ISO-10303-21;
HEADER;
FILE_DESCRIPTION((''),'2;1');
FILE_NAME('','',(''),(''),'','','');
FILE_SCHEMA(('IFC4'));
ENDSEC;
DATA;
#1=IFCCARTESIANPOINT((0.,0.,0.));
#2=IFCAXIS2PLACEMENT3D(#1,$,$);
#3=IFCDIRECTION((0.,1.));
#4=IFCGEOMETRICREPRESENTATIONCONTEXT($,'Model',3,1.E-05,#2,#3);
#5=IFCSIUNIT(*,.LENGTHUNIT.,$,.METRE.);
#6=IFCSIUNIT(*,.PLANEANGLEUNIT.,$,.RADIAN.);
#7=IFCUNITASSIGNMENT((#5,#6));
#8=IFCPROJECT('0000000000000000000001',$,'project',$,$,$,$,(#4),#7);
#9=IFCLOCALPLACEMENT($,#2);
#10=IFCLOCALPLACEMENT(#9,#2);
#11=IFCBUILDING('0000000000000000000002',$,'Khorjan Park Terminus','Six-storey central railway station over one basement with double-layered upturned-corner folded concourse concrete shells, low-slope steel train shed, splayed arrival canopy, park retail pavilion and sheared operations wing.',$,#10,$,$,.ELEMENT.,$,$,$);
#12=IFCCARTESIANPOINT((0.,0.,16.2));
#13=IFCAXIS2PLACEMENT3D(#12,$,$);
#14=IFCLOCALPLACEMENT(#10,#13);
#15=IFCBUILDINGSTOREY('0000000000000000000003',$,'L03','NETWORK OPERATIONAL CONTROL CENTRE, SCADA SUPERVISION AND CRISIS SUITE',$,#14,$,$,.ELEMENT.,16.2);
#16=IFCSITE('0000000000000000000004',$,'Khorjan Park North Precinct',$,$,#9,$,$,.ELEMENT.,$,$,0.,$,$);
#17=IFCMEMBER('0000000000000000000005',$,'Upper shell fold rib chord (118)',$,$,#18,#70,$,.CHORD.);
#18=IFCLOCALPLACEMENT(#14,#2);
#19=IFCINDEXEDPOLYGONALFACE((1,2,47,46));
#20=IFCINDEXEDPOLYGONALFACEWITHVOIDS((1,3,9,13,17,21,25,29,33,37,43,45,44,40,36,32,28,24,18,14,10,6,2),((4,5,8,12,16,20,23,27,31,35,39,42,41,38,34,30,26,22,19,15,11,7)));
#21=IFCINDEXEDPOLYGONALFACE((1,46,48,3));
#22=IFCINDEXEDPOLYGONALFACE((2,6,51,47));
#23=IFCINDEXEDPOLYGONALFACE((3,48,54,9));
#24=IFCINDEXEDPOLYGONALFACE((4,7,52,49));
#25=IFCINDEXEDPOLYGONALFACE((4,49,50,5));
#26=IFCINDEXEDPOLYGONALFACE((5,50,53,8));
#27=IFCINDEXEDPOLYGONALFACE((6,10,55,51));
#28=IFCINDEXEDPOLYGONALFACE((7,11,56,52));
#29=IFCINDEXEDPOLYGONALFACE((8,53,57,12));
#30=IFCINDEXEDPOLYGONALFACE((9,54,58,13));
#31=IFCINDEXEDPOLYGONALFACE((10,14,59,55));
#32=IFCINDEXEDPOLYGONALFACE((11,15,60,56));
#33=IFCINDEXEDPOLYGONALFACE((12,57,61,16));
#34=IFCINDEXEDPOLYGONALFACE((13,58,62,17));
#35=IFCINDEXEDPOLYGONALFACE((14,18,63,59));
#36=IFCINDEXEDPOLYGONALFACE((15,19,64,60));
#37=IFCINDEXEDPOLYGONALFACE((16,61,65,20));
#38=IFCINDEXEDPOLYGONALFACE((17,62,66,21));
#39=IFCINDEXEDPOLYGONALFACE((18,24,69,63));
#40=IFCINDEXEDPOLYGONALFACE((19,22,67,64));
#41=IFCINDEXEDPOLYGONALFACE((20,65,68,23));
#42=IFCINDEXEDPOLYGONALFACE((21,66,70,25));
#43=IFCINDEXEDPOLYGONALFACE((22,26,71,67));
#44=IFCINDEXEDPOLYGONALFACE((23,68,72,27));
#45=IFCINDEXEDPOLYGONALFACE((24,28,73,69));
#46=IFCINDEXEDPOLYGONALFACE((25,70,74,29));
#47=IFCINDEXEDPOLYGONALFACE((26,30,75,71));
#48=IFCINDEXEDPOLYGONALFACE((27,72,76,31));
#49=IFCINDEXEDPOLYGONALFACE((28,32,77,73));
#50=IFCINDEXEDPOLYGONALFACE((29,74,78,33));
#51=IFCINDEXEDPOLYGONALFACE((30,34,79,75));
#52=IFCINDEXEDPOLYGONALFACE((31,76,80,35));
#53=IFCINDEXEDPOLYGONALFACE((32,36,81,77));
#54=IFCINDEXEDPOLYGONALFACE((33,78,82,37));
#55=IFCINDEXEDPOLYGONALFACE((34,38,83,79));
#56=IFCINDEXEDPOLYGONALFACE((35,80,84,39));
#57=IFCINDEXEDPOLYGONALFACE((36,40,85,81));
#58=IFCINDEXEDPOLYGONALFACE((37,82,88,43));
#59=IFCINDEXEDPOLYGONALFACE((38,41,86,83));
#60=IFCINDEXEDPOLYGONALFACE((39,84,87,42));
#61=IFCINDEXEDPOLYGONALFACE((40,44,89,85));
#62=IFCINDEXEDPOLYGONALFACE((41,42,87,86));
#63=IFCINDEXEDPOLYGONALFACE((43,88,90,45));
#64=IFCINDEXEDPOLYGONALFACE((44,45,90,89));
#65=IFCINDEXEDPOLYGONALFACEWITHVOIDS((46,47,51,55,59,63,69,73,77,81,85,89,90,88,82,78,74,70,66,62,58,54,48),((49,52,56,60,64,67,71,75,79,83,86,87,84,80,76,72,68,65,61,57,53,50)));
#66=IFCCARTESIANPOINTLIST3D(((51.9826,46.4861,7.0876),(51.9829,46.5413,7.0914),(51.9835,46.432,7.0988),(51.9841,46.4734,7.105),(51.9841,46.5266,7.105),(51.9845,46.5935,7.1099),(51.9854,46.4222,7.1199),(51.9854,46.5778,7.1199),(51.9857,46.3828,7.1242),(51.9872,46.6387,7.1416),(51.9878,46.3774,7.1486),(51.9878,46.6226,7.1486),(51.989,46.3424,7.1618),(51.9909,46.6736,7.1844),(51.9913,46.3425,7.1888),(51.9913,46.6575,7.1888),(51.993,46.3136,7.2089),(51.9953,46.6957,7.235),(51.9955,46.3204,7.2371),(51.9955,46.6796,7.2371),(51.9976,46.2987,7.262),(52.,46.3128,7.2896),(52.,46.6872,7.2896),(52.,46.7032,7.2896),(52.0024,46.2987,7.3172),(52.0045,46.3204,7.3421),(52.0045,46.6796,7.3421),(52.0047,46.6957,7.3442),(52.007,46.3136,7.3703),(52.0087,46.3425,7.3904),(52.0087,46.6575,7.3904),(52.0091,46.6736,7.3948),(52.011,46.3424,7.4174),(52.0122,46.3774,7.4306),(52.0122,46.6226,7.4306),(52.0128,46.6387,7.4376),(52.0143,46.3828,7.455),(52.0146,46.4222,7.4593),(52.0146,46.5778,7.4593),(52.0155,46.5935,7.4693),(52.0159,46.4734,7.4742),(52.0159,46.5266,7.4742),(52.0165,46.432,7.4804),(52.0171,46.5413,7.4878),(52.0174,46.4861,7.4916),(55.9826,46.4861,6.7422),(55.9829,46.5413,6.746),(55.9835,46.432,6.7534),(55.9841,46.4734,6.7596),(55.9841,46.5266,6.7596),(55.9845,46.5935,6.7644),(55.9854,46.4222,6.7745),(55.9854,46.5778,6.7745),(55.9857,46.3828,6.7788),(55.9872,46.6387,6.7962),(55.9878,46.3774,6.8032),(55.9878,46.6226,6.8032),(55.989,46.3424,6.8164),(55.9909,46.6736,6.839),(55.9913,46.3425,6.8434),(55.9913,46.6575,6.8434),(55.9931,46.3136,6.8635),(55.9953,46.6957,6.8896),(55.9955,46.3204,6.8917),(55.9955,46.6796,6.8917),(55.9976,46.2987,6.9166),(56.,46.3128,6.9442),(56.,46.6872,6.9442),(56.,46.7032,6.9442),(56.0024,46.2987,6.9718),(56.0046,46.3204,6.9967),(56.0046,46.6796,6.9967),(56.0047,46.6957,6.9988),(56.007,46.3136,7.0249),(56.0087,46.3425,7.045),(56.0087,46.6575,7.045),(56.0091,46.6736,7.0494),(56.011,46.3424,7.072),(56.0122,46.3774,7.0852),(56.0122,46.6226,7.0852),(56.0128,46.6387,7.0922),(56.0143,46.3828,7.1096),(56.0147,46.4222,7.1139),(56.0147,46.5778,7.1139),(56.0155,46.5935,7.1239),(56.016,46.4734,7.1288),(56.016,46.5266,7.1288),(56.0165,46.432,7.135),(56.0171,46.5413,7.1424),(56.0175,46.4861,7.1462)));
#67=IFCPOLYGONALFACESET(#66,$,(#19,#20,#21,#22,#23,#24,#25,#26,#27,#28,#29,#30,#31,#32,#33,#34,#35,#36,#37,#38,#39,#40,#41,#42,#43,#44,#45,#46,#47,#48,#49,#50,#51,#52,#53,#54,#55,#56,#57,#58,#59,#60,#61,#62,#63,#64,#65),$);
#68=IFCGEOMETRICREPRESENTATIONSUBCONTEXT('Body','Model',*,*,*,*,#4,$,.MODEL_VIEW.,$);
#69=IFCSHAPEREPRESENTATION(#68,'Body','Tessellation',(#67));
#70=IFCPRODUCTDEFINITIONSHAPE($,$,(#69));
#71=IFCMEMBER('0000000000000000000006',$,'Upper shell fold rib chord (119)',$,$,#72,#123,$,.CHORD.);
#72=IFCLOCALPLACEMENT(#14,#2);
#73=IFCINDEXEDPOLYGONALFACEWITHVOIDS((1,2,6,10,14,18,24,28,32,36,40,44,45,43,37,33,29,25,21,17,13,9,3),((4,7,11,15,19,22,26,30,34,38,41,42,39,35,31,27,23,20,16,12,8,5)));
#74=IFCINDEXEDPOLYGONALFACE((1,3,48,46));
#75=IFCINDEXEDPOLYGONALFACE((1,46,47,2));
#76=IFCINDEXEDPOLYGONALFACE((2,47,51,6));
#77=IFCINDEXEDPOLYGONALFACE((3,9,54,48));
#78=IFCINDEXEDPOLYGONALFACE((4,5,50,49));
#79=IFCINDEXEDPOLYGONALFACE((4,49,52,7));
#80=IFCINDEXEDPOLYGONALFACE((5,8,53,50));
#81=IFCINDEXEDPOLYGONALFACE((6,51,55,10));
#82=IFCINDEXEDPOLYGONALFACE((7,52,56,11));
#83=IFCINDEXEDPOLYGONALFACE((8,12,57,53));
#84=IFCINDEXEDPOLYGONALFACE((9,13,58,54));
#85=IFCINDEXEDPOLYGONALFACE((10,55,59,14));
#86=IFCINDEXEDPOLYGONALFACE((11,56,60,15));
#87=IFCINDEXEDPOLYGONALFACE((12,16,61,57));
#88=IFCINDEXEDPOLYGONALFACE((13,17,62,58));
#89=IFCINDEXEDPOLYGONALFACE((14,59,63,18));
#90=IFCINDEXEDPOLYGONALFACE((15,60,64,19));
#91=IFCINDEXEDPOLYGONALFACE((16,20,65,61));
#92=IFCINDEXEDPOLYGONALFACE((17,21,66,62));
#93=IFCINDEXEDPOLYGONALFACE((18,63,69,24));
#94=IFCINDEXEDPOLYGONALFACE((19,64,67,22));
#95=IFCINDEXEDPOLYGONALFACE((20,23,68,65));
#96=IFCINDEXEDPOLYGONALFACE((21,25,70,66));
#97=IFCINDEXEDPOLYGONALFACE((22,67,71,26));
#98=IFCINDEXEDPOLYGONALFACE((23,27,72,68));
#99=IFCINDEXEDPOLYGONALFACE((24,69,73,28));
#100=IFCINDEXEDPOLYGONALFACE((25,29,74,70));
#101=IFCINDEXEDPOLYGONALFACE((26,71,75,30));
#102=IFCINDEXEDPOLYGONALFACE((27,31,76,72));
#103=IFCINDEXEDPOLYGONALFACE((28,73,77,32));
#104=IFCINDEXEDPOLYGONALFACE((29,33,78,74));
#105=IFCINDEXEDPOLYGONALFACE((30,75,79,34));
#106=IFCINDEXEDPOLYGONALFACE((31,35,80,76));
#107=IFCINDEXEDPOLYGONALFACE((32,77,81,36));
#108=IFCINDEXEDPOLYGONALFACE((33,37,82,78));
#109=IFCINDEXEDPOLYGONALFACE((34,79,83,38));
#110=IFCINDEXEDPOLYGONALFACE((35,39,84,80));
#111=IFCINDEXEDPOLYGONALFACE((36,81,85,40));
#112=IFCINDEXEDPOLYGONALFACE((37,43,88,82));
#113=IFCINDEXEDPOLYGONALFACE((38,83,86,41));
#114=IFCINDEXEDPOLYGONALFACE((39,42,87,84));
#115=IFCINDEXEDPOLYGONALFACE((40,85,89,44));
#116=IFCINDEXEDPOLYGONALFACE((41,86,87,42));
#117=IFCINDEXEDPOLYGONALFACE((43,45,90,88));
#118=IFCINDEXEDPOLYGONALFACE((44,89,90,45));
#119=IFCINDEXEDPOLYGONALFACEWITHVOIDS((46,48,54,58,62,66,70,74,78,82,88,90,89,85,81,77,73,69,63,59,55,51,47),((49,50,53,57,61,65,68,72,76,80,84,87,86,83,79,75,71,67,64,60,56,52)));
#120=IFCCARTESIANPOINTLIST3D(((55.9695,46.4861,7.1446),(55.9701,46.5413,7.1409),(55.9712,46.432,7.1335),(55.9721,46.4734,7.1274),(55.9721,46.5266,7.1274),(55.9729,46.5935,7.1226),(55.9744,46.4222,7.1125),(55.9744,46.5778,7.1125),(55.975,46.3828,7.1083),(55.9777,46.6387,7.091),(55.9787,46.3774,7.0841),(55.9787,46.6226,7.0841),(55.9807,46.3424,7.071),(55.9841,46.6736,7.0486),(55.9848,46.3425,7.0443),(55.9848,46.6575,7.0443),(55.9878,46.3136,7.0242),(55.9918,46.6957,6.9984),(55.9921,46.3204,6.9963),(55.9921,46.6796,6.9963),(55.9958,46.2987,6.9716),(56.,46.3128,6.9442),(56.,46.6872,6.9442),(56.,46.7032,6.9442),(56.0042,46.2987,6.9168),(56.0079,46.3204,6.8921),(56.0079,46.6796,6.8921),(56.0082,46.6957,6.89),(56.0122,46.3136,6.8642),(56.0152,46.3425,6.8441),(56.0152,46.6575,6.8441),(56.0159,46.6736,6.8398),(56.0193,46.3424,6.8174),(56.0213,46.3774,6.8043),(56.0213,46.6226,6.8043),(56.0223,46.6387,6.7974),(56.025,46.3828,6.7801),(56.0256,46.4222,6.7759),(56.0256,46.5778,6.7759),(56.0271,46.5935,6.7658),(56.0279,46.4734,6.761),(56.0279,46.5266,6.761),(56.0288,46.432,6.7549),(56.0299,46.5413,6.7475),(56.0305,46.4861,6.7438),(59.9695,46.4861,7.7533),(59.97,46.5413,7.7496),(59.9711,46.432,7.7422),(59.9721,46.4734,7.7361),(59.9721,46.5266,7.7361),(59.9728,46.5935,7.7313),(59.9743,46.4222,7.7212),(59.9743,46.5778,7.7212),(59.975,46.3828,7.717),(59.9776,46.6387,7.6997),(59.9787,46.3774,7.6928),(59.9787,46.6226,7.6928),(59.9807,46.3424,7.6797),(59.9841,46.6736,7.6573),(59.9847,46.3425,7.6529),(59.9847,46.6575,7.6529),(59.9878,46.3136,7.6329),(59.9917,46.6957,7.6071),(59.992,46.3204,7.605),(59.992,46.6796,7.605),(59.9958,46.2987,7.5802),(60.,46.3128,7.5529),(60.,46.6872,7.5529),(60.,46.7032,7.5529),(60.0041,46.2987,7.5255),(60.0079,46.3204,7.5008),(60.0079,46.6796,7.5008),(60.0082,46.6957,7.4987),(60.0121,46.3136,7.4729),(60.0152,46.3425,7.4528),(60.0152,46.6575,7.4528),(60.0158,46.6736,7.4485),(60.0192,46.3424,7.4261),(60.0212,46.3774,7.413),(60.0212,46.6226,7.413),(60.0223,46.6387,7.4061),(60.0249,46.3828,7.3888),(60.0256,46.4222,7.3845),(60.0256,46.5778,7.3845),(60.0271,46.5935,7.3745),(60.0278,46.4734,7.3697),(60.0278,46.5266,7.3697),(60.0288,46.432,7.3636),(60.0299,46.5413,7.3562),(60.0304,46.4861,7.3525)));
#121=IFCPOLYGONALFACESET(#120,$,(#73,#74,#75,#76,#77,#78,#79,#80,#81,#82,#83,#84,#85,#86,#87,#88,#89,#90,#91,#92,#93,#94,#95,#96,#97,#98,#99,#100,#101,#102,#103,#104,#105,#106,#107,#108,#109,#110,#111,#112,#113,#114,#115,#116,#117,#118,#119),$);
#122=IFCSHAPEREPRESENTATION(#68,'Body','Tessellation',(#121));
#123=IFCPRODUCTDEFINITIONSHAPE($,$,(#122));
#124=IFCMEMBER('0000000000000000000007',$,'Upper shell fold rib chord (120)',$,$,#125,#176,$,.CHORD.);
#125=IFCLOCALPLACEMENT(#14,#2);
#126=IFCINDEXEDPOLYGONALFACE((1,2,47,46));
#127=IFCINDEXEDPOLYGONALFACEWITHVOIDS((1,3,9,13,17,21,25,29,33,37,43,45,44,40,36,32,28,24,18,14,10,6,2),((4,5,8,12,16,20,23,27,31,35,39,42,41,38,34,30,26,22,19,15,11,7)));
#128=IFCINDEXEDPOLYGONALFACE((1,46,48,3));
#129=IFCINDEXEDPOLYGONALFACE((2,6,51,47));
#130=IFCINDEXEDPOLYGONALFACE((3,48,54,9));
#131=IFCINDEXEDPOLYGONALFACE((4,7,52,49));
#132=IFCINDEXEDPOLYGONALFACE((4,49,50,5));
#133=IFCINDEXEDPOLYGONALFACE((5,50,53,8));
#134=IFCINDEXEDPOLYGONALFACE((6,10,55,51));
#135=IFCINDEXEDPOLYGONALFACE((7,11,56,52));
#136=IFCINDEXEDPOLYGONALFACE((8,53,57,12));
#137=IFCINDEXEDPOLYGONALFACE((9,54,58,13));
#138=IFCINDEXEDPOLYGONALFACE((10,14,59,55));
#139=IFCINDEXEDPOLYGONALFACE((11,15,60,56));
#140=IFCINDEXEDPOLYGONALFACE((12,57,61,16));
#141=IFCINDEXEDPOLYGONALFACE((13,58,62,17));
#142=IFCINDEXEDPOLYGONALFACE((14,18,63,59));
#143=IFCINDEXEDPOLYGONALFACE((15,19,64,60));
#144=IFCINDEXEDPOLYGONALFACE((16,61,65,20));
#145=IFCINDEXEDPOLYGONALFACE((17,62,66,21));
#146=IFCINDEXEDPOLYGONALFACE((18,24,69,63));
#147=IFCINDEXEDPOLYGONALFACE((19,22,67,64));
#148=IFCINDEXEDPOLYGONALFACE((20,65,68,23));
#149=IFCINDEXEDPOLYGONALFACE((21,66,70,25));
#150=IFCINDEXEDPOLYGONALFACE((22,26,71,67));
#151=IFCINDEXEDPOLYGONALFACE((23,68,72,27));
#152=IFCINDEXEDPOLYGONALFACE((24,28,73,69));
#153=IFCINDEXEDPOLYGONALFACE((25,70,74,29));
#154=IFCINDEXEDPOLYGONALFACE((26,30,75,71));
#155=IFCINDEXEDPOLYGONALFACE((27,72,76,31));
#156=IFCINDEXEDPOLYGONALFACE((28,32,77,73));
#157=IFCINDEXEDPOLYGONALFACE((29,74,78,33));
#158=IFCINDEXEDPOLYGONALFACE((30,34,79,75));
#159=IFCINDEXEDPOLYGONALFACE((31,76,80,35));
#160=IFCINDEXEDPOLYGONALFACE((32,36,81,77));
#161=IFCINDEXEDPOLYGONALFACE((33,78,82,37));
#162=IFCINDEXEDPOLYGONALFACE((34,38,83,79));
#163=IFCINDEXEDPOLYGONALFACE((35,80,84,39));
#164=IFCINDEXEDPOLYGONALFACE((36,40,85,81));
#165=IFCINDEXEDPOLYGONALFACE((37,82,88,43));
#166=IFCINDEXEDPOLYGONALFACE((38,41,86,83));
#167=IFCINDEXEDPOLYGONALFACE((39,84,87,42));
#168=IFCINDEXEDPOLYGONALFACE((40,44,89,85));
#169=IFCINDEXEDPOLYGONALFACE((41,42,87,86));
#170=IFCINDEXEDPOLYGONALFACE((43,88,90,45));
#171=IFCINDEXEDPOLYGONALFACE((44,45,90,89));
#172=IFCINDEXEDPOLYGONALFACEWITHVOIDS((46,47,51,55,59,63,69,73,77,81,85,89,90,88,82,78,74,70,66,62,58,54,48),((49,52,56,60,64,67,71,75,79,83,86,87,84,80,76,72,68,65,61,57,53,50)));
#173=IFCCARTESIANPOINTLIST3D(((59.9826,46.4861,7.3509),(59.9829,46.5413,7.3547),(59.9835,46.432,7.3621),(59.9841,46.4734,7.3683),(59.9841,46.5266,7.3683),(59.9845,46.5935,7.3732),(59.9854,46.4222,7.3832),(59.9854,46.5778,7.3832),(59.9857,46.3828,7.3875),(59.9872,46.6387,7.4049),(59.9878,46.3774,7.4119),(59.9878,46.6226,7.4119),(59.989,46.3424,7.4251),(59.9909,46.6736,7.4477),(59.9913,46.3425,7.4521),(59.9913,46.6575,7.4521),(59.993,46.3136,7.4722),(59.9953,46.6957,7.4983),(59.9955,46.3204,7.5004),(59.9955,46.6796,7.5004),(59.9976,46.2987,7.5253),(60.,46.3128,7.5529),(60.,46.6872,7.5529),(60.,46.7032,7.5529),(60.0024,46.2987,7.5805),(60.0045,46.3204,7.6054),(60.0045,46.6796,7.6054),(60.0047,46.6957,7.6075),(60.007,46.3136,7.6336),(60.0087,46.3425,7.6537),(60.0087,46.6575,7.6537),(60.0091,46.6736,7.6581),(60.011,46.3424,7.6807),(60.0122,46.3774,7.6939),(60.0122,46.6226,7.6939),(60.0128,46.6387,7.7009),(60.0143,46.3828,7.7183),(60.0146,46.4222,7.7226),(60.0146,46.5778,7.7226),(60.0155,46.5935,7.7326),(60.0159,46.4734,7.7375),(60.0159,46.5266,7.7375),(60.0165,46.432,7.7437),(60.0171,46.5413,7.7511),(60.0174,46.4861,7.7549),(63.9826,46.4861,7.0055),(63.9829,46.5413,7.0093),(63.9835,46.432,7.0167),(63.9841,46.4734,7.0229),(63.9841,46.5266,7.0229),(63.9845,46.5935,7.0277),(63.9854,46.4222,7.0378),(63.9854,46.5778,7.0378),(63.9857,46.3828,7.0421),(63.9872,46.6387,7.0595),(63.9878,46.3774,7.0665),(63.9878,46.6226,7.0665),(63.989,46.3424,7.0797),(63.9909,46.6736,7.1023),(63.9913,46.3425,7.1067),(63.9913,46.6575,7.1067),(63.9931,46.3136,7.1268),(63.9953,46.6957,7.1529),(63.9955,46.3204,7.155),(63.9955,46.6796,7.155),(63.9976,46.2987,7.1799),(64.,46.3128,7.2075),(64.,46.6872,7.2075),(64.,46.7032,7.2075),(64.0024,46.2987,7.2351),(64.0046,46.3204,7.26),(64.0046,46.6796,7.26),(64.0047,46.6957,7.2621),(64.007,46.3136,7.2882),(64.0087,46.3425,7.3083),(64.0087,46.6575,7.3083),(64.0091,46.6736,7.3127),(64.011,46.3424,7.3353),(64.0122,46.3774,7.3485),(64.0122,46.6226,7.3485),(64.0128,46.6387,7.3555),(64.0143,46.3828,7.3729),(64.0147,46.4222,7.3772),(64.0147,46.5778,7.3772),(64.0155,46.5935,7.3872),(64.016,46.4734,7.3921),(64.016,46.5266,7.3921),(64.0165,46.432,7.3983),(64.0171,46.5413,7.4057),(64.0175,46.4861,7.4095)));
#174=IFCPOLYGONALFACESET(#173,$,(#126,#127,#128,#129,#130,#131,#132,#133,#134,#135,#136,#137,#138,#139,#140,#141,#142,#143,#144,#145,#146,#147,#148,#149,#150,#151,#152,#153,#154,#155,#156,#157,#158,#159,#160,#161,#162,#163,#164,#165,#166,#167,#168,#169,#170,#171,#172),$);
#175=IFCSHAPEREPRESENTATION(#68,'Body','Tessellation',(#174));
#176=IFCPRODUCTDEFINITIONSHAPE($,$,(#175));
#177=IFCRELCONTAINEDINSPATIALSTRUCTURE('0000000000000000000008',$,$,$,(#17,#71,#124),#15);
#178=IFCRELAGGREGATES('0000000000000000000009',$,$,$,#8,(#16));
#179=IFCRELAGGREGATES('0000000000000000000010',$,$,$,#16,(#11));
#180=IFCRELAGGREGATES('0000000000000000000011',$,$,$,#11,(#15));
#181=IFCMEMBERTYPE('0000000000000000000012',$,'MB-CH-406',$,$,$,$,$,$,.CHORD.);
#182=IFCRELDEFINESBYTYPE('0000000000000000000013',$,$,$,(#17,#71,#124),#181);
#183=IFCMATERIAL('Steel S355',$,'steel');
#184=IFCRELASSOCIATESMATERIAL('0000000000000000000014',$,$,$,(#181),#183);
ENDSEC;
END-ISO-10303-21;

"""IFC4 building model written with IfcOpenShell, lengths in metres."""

from ifc_helpers import new_model, si_unit, direction, frame, origin, origin_2d, place, context, subcontext, project, spatial, hollow_circle, extrude, material, material_profile, profile_set, type_object, element, save


model = new_model("IFC4")

# Units and contexts
model_context = context("Model", 3, precision=1e-05, world=origin(), true_north=direction((0.0, 1.0)))
body_context = subcontext(model_context, "Body", "Model", "MODEL_VIEW")
ifc_project = project(units=[si_unit("LENGTHUNIT", "METRE"), si_unit("PLANEANGLEUNIT", "RADIAN")], contexts=[model_context])

# Site, building, storey
site_placement = place(None, origin())
site = spatial("IfcSite", under=ifc_project, at=site_placement, Name="Khorjan Park North Precinct", CompositionType="ELEMENT", RefElevation=0.0)
building_placement = place(site_placement, origin())
building = spatial("IfcBuilding", under=site, at=building_placement, Name="Khorjan Park Terminus", Description="Six-storey central railway station over one basement with double-layered upturned-corner folded concourse concrete shells, low-slope steel train shed, splayed arrival canopy, park retail pavilion and sheared operations wing.", CompositionType="ELEMENT")
storey_placement = place(building_placement, frame((0.0, 0.0, 16.2)))
storey = spatial("IfcBuildingStorey", under=building, at=storey_placement, Name="L03", Description="NETWORK OPERATIONAL CONTROL CENTRE, SCADA SUPERVISION AND CRISIS SUITE", CompositionType="ELEMENT", Elevation=16.2)

# Members
ifc_material_1 = material(Name="Steel S355", Category="steel")
ifc_material_profile_1 = material_profile(ifc_material_1, hollow_circle(Radius=0.2032, WallThickness=0.016, at=origin_2d()), Name="CHS 406.4x16")
ifc_profile_set_1 = profile_set([ifc_material_profile_1], Name="Steel S355")
member_type_1 = type_object("IfcMemberType", Name="MB-CH-406", PredefinedType="CHORD", material=ifc_profile_set_1)
member_1_placement = place(storey_placement, frame((52.0, 46.5, 7.2896), z_axis=(0.996293, 0.0, -0.08603), x_axis=(0.0, 1.0, 0.0)))
element("IfcMember", 1, at=member_1_placement, inside=storey, type_object=member_type_1, Name="Upper shell fold rib chord (118)", PredefinedType="CHORD", context=body_context, shape_type="SweptSolid", body=[
    extrude(hollow_circle(Radius=0.2032, WallThickness=0.016, at=origin_2d()), origin(), (0.0, 0.0, 1.0), 4.0149),
])
member_2_placement = place(storey_placement, frame((56.0, 46.5, 6.9442), z_axis=(0.988619, 0.0, 0.150443), x_axis=(0.0, 1.0, 0.0)))
element("IfcMember", 2, at=member_2_placement, inside=storey, type_object=member_type_1, Name="Upper shell fold rib chord (119)", PredefinedType="CHORD", context=body_context, shape_type="SweptSolid", body=[
    extrude(hollow_circle(Radius=0.2032, WallThickness=0.016, at=origin_2d()), origin(), (0.0, 0.0, 1.0), 4.046),
])
member_3_placement = place(storey_placement, frame((60.0, 46.5, 7.5529), z_axis=(0.996293, 0.0, -0.08603), x_axis=(0.0, 1.0, 0.0)))
element("IfcMember", 3, at=member_3_placement, inside=storey, type_object=member_type_1, Name="Upper shell fold rib chord (120)", PredefinedType="CHORD", context=body_context, shape_type="SweptSolid", body=[
    extrude(hollow_circle(Radius=0.2032, WallThickness=0.016, at=origin_2d()), origin(), (0.0, 0.0, 1.0), 4.0149),
])

save(model, "model.ifc")
